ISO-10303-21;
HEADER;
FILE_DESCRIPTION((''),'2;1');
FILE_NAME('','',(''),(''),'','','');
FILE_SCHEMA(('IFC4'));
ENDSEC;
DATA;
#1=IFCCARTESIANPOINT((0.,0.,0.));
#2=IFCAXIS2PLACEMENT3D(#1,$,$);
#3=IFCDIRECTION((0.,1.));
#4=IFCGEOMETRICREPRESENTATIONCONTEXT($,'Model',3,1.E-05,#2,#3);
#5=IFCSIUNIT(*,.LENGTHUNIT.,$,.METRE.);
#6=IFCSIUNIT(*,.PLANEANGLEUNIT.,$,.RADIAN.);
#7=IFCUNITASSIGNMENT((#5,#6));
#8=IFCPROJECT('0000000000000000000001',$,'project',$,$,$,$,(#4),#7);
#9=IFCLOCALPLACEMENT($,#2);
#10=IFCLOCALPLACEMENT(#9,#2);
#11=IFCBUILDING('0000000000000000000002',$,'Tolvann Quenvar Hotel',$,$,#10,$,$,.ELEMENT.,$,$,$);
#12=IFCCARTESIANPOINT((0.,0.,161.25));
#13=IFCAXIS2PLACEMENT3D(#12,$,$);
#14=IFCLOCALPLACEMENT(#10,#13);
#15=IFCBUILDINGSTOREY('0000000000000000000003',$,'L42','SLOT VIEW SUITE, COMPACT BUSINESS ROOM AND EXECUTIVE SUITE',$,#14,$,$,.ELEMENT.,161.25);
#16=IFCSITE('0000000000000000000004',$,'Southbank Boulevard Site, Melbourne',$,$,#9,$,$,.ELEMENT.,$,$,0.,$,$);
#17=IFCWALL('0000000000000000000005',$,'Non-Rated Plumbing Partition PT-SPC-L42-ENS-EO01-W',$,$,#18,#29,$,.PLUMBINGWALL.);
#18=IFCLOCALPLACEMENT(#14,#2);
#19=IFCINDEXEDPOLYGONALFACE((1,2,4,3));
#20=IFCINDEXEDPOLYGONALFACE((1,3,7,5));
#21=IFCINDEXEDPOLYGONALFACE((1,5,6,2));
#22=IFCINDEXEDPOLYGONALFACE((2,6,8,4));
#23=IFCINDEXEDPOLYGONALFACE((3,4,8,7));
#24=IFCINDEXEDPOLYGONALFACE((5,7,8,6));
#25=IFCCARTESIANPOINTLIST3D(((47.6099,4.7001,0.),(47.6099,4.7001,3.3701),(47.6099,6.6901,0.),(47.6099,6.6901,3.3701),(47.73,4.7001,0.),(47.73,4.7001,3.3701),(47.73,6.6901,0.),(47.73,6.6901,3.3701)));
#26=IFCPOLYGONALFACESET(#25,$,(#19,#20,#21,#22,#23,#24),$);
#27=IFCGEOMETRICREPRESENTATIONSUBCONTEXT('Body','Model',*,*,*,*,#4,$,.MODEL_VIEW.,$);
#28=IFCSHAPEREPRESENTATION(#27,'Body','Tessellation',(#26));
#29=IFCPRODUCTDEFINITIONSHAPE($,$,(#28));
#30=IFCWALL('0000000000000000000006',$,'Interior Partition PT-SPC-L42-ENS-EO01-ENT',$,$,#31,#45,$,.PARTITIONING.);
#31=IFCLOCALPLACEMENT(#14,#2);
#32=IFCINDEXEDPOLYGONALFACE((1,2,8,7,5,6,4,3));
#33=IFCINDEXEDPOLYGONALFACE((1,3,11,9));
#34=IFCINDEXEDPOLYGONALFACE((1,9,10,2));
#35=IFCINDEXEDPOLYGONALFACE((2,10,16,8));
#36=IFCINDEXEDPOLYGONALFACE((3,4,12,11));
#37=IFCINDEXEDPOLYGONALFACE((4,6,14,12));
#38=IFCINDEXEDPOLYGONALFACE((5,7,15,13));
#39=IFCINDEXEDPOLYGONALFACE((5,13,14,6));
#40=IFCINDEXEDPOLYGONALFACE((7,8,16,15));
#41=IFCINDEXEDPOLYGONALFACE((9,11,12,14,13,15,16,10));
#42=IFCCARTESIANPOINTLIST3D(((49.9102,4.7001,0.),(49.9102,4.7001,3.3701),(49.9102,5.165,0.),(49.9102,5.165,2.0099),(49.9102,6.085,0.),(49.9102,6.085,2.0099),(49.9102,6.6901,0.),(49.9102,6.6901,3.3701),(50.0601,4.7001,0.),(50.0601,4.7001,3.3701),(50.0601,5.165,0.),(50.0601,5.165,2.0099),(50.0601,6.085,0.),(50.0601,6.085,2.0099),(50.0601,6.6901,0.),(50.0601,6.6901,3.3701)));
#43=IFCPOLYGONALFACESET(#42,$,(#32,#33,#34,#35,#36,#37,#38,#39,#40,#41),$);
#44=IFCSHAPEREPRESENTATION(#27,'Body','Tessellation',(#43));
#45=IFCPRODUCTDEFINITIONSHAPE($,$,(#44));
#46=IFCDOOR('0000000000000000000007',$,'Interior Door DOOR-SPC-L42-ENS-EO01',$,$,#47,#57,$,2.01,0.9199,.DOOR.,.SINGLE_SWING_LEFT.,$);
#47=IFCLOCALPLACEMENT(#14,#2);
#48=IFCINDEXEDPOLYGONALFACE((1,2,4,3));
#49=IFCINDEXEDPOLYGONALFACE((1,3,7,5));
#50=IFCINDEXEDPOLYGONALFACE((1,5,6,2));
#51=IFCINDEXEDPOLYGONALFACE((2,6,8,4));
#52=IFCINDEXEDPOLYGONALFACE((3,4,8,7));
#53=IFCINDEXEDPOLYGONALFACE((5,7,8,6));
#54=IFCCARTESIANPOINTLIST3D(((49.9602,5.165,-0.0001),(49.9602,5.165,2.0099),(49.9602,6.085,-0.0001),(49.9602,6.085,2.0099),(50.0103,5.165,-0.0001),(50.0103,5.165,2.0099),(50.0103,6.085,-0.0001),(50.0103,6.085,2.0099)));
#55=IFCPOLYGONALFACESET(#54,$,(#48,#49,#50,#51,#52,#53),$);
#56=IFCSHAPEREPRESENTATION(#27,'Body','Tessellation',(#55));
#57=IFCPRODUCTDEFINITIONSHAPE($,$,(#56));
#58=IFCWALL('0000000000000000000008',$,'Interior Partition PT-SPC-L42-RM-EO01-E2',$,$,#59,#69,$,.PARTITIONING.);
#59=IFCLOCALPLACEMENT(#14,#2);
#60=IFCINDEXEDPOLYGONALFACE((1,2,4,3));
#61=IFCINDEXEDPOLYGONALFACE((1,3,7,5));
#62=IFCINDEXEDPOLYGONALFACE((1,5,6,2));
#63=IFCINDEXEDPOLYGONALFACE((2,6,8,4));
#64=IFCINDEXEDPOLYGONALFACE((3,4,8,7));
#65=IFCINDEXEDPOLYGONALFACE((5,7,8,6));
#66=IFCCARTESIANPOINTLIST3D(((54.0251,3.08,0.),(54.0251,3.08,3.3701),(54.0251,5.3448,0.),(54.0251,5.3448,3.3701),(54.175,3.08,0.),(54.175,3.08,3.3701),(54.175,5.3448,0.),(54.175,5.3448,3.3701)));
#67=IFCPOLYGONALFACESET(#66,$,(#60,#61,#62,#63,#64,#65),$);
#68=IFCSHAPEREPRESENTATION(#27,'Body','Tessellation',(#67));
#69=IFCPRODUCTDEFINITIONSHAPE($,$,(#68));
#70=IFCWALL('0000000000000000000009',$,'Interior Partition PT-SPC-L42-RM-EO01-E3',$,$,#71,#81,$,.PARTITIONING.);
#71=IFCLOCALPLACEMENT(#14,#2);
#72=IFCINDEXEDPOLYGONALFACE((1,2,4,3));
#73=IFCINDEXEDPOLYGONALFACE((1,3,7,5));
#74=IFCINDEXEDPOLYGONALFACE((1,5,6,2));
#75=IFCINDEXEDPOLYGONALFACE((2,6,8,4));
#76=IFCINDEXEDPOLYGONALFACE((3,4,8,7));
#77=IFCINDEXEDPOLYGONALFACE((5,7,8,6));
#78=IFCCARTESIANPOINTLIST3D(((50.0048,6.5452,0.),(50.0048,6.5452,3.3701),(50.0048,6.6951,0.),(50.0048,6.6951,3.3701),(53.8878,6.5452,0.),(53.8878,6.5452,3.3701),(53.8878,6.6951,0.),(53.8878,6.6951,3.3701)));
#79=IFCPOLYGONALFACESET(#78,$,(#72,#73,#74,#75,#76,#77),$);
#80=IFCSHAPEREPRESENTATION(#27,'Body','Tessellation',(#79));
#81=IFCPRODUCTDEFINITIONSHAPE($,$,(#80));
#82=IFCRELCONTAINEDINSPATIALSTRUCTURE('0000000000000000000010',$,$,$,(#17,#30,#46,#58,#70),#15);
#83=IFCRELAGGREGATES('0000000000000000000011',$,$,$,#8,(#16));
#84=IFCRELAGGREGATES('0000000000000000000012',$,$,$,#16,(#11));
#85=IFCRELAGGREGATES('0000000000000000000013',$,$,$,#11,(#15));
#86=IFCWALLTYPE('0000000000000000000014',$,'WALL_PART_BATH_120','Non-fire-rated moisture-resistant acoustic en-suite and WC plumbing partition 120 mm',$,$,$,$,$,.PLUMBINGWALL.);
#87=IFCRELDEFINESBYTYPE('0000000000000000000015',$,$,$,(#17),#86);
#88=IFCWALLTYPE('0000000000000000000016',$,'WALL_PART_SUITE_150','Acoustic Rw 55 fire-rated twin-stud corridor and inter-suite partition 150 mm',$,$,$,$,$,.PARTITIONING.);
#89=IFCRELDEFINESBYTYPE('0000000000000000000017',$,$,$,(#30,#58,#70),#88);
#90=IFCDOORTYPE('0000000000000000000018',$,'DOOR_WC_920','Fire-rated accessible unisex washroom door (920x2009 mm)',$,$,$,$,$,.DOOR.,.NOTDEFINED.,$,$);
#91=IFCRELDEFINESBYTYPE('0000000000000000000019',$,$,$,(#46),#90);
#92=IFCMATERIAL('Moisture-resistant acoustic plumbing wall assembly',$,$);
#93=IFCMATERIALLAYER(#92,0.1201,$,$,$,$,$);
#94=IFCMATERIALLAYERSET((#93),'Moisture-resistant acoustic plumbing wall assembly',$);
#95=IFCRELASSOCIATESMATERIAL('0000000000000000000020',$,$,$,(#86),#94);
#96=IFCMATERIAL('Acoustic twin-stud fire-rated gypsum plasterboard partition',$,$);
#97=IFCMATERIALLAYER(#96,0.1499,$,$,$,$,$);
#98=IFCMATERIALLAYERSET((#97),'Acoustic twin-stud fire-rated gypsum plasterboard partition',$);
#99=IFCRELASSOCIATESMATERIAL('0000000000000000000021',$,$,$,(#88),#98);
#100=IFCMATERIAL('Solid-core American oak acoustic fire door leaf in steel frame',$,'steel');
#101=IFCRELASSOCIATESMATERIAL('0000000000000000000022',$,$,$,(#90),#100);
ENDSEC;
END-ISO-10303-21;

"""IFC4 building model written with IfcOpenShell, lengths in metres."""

from ifc_helpers import new_model, si_unit, direction, frame, frame_2d, origin, place, context, subcontext, project, spatial, rectangle, extrude, source, transform, mapped, material, layer, layer_set, type_object, type_shapes, element, fill, save


model = new_model("IFC4")

# Units and contexts
model_context = context("Model", 3, precision=1e-05, world=origin(), true_north=direction((0.0, 1.0)))
body_context = subcontext(model_context, "Body", "Model", "MODEL_VIEW")
ifc_project = project(units=[si_unit("LENGTHUNIT", "METRE"), si_unit("PLANEANGLEUNIT", "RADIAN")], contexts=[model_context])

# Site, building, storey
site_placement = place(None, origin())
site = spatial("IfcSite", under=ifc_project, at=site_placement, Name="Southbank Boulevard Site, Melbourne", CompositionType="ELEMENT", RefElevation=0.0)
building_placement = place(site_placement, origin())
building = spatial("IfcBuilding", under=site, at=building_placement, Name="Tolvann Quenvar Hotel", CompositionType="ELEMENT")
storey_placement = place(building_placement, frame((0.0, 0.0, 161.25)))
storey = spatial("IfcBuildingStorey", under=building, at=storey_placement, Name="L42", Description="SLOT VIEW SUITE, COMPACT BUSINESS ROOM AND EXECUTIVE SUITE", CompositionType="ELEMENT", Elevation=161.25)

# Wall
ifc_material_1 = material(Name="Moisture-resistant acoustic plumbing wall assembly")
ifc_layer_1 = layer(ifc_material_1, 0.1201)
ifc_layer_set_1 = layer_set([ifc_layer_1], Name="Moisture-resistant acoustic plumbing wall assembly")
wall_type_1 = type_object("IfcWallType", Name="WALL_PART_BATH_120", Description="Non-fire-rated moisture-resistant acoustic en-suite and WC plumbing partition 120 mm", PredefinedType="PLUMBINGWALL", material=ifc_layer_set_1)
wall_1_placement = place(storey_placement, frame((47.6699, 4.7, 0.0), z_axis=(0.0, 0.0, 1.0), x_axis=(0.0, 1.0, 0.0)))
element("IfcWall", 1, at=wall_1_placement, inside=storey, type_object=wall_type_1, Name="Non-Rated Plumbing Partition PT-SPC-L42-ENS-EO01-W", PredefinedType="PLUMBINGWALL", context=body_context, shape_type="SweptSolid", body=[
    extrude(rectangle(XDim=1.99, YDim=0.1201, at=frame_2d((0.9951, 0.0))), origin(), (0.0, 0.0, 1.0), 3.3701),
])

# Wall, opening, door
ifc_material_2 = material(Name="Acoustic twin-stud fire-rated gypsum plasterboard partition")
ifc_layer_2 = layer(ifc_material_2, 0.1499)
ifc_layer_set_2 = layer_set([ifc_layer_2], Name="Acoustic twin-stud fire-rated gypsum plasterboard partition")
wall_type_2 = type_object("IfcWallType", Name="WALL_PART_SUITE_150", Description="Acoustic Rw 55 fire-rated twin-stud corridor and inter-suite partition 150 mm", PredefinedType="PARTITIONING", material=ifc_layer_set_2)
wall_2_placement = place(storey_placement, frame((49.9851, 4.7, 0.0), z_axis=(0.0, 0.0, 1.0), x_axis=(0.0, 1.0, 0.0)))
wall_2 = element("IfcWall", 2, at=wall_2_placement, inside=storey, type_object=wall_type_2, Name="Interior Partition PT-SPC-L42-ENS-EO01-ENT", PredefinedType="PARTITIONING", context=body_context, shape_type="SweptSolid", body=[
    extrude(rectangle(XDim=1.99, YDim=0.1499, at=frame_2d((0.9951, 0.0))), origin(), (0.0, 0.0, 1.0), 3.3701),
])
opening_1_placement = place(wall_2_placement, frame((0.4651, 0.0, 0.0)))
opening_1 = element("IfcOpeningElement", 3, at=opening_1_placement, cuts=wall_2, PredefinedType="OPENING", context=body_context, shape_type="SweptSolid", body=[
    extrude(rectangle(XDim=0.9199, YDim=2.01, at=frame_2d((0.46, 1.0049))), frame((0.0, 0.085, 0.0), z_axis=(0.0, -1.0, 0.0), x_axis=(1.0, 0.0, 0.0)), (0.0, 0.0, 1.0), 0.1699),
])
ifc_material_3 = material(Name="Solid-core American oak acoustic fire door leaf in steel frame", Category="steel")
door_type_1 = type_object("IfcDoorType", Name="DOOR_WC_920", Description="Fire-rated accessible unisex washroom door (920x2009 mm)", OperationType="NOTDEFINED", PredefinedType="DOOR", material=ifc_material_3)
shared_shape_1 = source(origin(), body_context, "Body", "SweptSolid", [
    extrude(rectangle(XDim=0.9199, YDim=2.01, at=frame_2d((0.46, 1.0049))), frame((0.0, 0.0249, 0.0), z_axis=(0.0, -1.0, 0.0), x_axis=(1.0, 0.0, 0.0)), (0.0, 0.0, 1.0), 0.05),
])
type_shapes(door_type_1, [shared_shape_1])
door_1_placement = place(opening_1_placement, origin())
door_1 = element("IfcDoor", 4, at=door_1_placement, inside=storey, type_object=door_type_1, Name="Interior Door DOOR-SPC-L42-ENS-EO01", OperationType="SINGLE_SWING_LEFT", OverallHeight=2.01, OverallWidth=0.9199, PredefinedType="DOOR", context=body_context, shape_type="MappedRepresentation", body=[
    mapped(shared_shape_1, transform((0.0, 0.0, 0.0), x_axis=(1.0, 0.0, 0.0), y_axis=(0.0, 1.0, 0.0), z_axis=(0.0, 0.0, 1.0), scale=1.0)),
])
fill(opening_1, door_1)

# Walls
wall_3_placement = place(storey_placement, frame((54.1001, 3.0801, 0.0), z_axis=(0.0, 0.0, 1.0), x_axis=(0.0, 1.0, 0.0)))
element("IfcWall", 5, at=wall_3_placement, inside=storey, type_object=wall_type_2, Name="Interior Partition PT-SPC-L42-RM-EO01-E2", PredefinedType="PARTITIONING", context=body_context, shape_type="SweptSolid", body=[
    extrude(rectangle(XDim=2.2649, YDim=0.1499, at=frame_2d((1.1323, 0.0))), origin(), (0.0, 0.0, 1.0), 3.3701),
])
wall_4_placement = place(storey_placement, frame((50.0049, 6.6201, 0.0), z_axis=(0.0, 0.0, 1.0), x_axis=(1.0, 0.0, 0.0)))
element("IfcWall", 6, at=wall_4_placement, inside=storey, type_object=wall_type_2, Name="Interior Partition PT-SPC-L42-RM-EO01-E3", PredefinedType="PARTITIONING", context=body_context, shape_type="SweptSolid", body=[
    extrude(rectangle(XDim=3.8831, YDim=0.1499, at=frame_2d((1.9414, 0.0))), origin(), (0.0, 0.0, 1.0), 3.3701),
])

save(model, "model.ifc")
